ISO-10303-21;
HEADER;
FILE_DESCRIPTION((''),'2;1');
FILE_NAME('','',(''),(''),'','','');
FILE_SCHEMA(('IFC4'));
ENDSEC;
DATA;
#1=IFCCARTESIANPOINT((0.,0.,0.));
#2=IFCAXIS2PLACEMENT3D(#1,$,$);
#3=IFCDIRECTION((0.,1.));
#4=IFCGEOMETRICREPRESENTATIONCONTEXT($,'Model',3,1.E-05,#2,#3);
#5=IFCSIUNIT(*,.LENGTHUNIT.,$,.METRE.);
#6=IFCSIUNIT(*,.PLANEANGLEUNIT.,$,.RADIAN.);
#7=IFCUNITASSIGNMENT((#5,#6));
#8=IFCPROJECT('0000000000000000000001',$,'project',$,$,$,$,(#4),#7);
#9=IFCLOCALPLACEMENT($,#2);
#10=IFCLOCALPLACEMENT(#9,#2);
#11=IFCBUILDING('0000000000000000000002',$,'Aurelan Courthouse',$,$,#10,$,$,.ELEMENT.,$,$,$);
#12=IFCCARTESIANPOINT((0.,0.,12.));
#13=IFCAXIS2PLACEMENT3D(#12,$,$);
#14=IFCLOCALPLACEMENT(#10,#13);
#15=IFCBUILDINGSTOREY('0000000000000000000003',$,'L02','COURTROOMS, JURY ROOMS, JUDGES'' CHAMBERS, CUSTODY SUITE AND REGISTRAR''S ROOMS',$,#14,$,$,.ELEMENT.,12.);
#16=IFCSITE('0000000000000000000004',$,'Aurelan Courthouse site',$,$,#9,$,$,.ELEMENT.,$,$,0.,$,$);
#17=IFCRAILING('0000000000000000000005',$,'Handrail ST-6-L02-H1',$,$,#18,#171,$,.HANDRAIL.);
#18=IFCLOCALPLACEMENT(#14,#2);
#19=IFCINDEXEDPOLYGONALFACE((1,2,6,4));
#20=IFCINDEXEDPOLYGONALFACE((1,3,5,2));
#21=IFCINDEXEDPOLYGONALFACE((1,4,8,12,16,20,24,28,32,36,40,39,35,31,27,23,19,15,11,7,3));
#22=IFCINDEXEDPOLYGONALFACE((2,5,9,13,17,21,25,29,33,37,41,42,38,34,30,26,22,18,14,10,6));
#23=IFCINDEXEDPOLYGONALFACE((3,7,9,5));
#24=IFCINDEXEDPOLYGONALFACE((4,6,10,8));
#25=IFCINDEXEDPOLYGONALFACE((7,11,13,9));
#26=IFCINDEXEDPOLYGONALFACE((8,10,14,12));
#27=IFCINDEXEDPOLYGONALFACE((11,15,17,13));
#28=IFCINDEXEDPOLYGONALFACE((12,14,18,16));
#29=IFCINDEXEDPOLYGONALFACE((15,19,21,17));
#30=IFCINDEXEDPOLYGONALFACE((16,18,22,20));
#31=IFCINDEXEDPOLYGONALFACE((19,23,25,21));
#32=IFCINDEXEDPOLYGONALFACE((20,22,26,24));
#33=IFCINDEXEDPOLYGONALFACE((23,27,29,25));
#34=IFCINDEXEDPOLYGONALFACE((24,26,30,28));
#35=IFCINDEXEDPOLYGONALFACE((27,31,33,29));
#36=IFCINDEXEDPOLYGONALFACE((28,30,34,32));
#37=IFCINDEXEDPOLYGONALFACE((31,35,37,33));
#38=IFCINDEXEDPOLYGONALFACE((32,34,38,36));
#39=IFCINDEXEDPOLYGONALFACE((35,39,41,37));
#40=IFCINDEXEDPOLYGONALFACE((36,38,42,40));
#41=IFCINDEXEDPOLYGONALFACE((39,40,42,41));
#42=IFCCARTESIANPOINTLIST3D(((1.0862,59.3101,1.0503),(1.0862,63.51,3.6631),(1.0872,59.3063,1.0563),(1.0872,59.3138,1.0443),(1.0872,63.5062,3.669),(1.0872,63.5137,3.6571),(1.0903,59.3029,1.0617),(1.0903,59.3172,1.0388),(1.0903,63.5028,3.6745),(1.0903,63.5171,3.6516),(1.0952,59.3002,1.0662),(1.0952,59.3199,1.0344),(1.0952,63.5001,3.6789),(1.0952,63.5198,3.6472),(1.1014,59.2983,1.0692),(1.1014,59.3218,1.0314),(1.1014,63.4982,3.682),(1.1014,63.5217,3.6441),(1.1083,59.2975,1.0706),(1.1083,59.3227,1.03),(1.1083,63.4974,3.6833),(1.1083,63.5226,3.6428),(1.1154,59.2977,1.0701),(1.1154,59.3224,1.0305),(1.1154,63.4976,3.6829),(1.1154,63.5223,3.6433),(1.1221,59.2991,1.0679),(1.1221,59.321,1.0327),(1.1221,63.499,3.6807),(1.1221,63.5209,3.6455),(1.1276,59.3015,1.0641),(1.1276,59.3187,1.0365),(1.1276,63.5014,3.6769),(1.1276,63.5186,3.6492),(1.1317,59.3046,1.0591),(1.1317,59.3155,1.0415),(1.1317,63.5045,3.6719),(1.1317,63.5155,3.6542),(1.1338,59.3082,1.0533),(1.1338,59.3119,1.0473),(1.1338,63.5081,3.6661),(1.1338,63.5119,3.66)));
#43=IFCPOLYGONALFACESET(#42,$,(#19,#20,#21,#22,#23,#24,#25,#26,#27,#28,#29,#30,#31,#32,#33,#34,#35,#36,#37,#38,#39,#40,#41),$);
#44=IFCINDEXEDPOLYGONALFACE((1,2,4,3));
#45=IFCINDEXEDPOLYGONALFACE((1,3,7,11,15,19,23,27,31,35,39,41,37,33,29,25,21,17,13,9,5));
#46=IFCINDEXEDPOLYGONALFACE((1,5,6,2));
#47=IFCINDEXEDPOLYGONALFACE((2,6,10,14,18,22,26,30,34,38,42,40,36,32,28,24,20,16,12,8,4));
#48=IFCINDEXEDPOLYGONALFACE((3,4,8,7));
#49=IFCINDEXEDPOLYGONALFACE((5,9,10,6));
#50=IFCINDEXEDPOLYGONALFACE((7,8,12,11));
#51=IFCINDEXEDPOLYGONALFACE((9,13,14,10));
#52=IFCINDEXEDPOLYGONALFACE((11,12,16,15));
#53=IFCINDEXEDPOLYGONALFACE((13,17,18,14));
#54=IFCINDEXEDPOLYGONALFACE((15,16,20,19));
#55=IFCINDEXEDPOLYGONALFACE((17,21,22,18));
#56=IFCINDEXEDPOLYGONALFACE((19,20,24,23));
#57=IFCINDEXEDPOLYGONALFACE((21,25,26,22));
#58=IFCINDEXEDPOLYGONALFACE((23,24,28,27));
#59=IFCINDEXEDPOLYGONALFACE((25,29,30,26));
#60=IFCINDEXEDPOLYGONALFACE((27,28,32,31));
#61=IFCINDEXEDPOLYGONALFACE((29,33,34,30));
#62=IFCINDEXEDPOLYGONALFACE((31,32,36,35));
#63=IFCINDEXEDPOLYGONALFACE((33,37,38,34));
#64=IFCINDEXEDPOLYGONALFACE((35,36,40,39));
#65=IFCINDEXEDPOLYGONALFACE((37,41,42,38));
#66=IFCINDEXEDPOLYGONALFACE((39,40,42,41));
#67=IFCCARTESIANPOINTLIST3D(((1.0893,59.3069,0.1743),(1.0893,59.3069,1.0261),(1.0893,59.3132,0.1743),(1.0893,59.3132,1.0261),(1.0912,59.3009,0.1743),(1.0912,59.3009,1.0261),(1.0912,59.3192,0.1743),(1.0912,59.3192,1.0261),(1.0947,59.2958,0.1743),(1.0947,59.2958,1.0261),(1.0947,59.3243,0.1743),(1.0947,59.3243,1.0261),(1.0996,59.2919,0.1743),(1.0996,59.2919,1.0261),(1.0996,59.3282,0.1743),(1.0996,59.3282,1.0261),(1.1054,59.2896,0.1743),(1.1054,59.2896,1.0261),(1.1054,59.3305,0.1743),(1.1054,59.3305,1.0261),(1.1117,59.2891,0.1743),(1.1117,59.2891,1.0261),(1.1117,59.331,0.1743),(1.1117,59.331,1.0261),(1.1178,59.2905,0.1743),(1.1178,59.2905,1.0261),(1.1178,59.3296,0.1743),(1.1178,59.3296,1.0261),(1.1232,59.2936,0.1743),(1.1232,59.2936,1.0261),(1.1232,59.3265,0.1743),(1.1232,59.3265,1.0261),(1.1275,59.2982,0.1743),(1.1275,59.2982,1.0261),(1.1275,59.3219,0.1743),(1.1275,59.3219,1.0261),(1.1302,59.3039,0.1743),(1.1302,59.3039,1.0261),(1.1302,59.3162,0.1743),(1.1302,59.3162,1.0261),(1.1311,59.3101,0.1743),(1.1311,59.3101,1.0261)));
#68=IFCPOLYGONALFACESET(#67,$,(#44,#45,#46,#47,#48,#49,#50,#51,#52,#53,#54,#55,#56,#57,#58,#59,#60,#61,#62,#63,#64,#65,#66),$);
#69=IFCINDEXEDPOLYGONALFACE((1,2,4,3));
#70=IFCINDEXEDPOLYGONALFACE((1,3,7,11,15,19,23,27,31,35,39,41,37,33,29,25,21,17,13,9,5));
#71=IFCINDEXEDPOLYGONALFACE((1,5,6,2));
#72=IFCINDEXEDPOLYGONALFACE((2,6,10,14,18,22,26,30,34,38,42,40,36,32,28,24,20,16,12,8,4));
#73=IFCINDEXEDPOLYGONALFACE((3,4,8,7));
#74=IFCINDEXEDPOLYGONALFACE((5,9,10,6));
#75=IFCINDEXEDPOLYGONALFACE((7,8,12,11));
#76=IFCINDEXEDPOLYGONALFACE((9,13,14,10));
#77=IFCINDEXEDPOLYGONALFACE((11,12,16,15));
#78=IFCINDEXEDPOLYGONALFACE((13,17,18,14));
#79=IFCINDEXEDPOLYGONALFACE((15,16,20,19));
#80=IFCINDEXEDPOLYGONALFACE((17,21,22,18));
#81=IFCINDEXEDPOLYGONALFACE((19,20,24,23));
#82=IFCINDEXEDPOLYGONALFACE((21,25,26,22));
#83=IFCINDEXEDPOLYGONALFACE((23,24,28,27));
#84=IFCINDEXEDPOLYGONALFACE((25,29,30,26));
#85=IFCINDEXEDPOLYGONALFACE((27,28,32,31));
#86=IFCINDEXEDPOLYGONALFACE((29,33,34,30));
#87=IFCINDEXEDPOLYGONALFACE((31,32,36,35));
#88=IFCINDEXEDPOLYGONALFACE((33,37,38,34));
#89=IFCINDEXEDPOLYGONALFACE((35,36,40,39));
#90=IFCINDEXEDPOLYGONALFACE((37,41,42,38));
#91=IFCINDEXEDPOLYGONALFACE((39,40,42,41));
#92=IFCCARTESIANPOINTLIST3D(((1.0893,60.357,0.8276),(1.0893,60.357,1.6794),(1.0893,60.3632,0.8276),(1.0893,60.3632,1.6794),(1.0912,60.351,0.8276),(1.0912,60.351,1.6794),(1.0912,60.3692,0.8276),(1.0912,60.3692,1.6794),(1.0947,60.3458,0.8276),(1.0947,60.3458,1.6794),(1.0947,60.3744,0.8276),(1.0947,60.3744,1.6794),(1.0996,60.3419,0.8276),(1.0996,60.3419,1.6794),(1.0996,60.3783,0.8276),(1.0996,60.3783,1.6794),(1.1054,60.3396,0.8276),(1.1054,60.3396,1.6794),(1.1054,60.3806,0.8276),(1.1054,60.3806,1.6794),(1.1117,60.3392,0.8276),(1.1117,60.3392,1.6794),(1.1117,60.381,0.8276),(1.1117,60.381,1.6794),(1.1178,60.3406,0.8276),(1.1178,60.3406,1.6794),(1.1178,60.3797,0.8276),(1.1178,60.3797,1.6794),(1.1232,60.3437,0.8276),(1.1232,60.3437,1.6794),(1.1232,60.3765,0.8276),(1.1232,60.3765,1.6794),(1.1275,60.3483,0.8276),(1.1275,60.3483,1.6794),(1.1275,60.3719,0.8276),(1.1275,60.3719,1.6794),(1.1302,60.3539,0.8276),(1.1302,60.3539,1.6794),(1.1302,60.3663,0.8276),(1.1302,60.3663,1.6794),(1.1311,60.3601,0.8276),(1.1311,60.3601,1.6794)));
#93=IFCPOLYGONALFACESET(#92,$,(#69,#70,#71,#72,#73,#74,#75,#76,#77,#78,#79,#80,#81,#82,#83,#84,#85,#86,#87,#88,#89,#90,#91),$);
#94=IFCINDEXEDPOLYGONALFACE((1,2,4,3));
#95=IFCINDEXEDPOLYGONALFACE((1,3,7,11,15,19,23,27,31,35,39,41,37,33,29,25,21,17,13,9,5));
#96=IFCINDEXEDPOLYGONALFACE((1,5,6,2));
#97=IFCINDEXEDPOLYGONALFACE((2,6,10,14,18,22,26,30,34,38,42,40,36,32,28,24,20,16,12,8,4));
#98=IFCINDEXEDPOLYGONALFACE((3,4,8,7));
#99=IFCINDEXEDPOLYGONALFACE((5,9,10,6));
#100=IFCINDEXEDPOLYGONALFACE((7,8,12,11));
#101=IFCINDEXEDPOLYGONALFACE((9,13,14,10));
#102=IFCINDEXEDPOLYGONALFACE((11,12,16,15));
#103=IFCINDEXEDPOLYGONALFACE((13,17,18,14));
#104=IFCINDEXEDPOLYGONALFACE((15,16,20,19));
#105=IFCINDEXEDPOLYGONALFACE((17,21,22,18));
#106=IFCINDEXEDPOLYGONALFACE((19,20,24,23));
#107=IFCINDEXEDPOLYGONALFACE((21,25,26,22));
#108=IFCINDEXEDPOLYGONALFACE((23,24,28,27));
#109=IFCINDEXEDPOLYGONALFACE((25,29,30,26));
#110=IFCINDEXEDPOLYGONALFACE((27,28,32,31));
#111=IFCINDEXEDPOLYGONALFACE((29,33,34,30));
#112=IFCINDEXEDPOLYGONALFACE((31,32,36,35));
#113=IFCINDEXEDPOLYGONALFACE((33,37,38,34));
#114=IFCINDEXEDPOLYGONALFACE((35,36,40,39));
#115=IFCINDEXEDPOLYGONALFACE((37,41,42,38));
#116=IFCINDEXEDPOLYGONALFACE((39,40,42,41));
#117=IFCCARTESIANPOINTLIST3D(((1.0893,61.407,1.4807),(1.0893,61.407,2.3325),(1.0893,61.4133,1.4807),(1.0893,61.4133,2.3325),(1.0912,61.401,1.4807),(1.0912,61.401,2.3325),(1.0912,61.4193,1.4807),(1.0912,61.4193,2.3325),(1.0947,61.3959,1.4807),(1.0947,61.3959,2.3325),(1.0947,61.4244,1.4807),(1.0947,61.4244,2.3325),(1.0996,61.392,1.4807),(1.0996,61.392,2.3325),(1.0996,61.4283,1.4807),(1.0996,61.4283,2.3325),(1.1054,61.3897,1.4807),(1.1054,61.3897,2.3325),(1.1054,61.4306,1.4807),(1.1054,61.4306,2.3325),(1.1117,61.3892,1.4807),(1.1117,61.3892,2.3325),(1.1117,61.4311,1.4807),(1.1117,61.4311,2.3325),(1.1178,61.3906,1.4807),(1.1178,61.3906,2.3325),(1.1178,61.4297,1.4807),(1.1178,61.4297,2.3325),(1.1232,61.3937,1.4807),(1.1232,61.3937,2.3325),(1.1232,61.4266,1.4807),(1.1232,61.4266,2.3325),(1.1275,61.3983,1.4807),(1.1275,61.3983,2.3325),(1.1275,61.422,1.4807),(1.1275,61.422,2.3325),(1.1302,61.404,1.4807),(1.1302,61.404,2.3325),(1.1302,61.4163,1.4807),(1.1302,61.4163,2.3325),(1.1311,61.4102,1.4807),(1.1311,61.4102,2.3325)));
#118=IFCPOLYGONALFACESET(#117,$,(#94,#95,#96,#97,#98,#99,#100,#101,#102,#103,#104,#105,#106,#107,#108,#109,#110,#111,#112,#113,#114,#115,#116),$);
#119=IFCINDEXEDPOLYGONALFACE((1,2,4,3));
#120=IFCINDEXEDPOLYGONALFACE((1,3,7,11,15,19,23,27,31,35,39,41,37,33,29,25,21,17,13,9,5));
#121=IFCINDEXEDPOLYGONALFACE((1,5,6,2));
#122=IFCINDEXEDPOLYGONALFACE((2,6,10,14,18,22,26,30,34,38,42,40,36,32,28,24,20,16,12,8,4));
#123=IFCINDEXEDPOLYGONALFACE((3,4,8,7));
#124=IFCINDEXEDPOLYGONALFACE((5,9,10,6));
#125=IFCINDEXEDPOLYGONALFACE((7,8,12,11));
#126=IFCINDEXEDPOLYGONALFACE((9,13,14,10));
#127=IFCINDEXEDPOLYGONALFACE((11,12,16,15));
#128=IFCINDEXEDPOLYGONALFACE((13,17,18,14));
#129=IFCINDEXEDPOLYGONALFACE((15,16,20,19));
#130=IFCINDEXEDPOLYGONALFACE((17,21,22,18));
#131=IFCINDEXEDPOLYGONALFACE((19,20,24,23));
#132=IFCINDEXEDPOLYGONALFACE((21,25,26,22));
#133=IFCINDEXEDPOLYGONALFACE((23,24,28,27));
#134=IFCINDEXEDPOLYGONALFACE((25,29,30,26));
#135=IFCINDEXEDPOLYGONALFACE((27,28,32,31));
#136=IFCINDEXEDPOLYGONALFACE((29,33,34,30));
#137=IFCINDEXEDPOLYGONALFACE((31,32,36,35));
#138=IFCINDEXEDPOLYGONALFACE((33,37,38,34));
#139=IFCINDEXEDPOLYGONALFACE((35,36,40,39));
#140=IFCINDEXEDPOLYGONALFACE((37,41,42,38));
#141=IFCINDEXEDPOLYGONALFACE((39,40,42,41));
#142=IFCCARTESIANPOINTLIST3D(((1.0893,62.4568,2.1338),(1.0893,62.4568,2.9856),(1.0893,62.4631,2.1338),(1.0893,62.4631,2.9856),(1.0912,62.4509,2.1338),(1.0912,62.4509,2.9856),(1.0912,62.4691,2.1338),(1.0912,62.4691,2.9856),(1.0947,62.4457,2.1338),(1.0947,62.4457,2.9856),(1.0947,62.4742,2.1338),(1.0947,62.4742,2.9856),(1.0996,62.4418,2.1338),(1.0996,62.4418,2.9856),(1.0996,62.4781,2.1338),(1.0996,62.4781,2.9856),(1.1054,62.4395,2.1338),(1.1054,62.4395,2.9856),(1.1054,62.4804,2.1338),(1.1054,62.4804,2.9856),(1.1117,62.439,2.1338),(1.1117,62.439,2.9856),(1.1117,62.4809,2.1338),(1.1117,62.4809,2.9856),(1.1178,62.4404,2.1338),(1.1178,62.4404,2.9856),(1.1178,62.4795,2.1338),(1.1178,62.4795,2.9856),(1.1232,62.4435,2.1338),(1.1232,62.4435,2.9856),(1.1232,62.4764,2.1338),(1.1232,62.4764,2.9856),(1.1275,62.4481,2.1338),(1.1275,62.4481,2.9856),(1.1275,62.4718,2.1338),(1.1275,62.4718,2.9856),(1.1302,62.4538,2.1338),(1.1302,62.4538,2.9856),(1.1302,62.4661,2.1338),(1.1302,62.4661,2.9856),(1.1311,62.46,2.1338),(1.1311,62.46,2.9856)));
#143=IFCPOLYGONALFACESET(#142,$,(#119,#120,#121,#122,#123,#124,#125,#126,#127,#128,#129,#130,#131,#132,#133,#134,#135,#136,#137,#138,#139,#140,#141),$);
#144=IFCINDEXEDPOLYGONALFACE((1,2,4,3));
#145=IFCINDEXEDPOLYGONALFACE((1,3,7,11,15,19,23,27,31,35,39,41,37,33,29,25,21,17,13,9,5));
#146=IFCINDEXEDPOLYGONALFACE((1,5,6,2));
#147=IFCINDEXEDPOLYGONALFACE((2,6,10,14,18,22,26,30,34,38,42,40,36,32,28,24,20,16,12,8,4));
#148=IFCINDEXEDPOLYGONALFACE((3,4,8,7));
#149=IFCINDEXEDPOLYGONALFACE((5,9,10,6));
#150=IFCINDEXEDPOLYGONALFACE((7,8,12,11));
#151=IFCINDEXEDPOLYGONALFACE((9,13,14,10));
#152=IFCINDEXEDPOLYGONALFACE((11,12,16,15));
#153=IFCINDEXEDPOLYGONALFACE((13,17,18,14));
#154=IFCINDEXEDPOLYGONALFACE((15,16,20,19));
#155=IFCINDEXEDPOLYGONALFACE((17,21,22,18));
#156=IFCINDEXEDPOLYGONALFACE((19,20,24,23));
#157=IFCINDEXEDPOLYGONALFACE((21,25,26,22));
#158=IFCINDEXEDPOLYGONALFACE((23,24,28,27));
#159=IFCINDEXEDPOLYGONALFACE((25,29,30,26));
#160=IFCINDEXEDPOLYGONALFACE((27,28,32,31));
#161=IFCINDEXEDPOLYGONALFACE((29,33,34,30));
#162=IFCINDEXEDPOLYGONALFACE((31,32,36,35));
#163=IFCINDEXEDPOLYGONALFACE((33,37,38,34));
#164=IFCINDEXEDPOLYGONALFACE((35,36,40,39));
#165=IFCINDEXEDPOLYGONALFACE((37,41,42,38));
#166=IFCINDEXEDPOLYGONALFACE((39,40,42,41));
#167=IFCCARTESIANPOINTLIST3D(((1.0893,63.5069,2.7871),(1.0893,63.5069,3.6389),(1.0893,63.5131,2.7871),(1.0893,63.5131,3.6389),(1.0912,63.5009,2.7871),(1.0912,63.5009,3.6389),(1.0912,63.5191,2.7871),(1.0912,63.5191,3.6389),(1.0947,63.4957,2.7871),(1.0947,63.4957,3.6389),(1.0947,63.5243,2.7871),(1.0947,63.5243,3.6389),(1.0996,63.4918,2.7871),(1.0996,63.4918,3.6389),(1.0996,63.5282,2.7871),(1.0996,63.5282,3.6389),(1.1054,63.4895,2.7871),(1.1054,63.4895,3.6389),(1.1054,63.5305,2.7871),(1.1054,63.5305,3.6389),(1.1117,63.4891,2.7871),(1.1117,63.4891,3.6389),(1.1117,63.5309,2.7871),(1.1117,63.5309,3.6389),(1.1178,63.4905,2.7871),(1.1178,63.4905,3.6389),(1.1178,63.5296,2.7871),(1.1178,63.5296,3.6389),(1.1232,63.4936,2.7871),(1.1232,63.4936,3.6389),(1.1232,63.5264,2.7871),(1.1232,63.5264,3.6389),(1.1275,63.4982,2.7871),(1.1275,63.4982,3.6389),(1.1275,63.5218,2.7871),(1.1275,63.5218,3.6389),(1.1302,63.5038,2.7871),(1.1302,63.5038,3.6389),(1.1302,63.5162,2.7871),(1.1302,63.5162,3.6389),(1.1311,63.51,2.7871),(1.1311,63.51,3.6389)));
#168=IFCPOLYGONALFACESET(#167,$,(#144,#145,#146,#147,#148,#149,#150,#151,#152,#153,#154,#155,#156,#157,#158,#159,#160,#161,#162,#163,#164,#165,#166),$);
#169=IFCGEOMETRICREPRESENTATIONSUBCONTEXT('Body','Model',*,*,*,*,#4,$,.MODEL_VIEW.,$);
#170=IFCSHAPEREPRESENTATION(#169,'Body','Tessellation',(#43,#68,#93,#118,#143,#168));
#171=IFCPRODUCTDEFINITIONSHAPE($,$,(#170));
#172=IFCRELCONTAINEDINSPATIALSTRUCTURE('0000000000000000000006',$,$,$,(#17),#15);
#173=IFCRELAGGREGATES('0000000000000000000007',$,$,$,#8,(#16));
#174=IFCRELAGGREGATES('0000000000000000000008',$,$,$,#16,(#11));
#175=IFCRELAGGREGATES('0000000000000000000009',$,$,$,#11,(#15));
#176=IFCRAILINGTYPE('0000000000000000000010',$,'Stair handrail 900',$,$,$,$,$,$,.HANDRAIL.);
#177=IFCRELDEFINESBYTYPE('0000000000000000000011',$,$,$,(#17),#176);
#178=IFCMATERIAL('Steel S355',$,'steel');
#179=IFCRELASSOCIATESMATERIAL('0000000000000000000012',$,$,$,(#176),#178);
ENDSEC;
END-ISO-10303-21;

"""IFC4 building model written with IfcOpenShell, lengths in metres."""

from ifc_helpers import new_model, si_unit, direction, frame, origin, origin_2d, place, context, subcontext, project, spatial, circle, extrude, material, type_object, element, save


model = new_model("IFC4")

# Units and contexts
model_context = context("Model", 3, precision=1e-05, world=origin(), true_north=direction((0.0, 1.0)))
body_context = subcontext(model_context, "Body", "Model", "MODEL_VIEW")
ifc_project = project(units=[si_unit("LENGTHUNIT", "METRE"), si_unit("PLANEANGLEUNIT", "RADIAN")], contexts=[model_context])

# Site, building, storey
site_placement = place(None, origin())
site = spatial("IfcSite", under=ifc_project, at=site_placement, Name="Aurelan Courthouse site", CompositionType="ELEMENT", RefElevation=0.0)
building_placement = place(site_placement, origin())
building = spatial("IfcBuilding", under=site, at=building_placement, Name="Aurelan Courthouse", CompositionType="ELEMENT")
storey_placement = place(building_placement, frame((0.0, 0.0, 12.0)))
storey = spatial("IfcBuildingStorey", under=building, at=storey_placement, Name="L02", Description="COURTROOMS, JURY ROOMS, JUDGES' CHAMBERS, CUSTODY SUITE AND REGISTRAR'S ROOMS", CompositionType="ELEMENT", Elevation=12.0)

# Railing
ifc_material_1 = material(Name="Steel S355", Category="steel")
railing_type = type_object("IfcRailingType", Name="Stair handrail 900", PredefinedType="HANDRAIL", material=ifc_material_1)
for number, where, name in (
    (1, (1.1101, 59.3101, 0.1743), "Handrail ST-6-L02-H1"),
):
    element("IfcRailing", number, at=place(storey_placement, frame(where)), inside=storey, type_object=railing_type, Name=name, PredefinedType="HANDRAIL", context=body_context, shape_type="SweptSolid", body=[
        extrude(circle(Radius=0.0239, at=origin_2d()), frame((0.0, 0.0, 0.876), z_axis=(0.0, 0.849103, 0.528228), x_axis=(-1.0, 0.0, 0.0)), (0.0, 0.0, 1.0), 4.9463),
        extrude(circle(Radius=0.021, at=origin_2d()), origin(), (0.0, 0.0, 1.0), 0.8518),
        extrude(circle(Radius=0.021, at=origin_2d()), frame((0.0, 1.05, 0.6533)), (0.0, 0.0, 1.0), 0.8518),
        extrude(circle(Radius=0.021, at=origin_2d()), frame((0.0, 2.1001, 1.3064)), (0.0, 0.0, 1.0), 0.8518),
        extrude(circle(Radius=0.021, at=origin_2d()), frame((0.0, 3.1499, 1.9595)), (0.0, 0.0, 1.0), 0.8518),
        extrude(circle(Radius=0.021, at=origin_2d()), frame((0.0, 4.2, 2.6128)), (0.0, 0.0, 1.0), 0.8518),
    ])

save(model, "model.ifc")
